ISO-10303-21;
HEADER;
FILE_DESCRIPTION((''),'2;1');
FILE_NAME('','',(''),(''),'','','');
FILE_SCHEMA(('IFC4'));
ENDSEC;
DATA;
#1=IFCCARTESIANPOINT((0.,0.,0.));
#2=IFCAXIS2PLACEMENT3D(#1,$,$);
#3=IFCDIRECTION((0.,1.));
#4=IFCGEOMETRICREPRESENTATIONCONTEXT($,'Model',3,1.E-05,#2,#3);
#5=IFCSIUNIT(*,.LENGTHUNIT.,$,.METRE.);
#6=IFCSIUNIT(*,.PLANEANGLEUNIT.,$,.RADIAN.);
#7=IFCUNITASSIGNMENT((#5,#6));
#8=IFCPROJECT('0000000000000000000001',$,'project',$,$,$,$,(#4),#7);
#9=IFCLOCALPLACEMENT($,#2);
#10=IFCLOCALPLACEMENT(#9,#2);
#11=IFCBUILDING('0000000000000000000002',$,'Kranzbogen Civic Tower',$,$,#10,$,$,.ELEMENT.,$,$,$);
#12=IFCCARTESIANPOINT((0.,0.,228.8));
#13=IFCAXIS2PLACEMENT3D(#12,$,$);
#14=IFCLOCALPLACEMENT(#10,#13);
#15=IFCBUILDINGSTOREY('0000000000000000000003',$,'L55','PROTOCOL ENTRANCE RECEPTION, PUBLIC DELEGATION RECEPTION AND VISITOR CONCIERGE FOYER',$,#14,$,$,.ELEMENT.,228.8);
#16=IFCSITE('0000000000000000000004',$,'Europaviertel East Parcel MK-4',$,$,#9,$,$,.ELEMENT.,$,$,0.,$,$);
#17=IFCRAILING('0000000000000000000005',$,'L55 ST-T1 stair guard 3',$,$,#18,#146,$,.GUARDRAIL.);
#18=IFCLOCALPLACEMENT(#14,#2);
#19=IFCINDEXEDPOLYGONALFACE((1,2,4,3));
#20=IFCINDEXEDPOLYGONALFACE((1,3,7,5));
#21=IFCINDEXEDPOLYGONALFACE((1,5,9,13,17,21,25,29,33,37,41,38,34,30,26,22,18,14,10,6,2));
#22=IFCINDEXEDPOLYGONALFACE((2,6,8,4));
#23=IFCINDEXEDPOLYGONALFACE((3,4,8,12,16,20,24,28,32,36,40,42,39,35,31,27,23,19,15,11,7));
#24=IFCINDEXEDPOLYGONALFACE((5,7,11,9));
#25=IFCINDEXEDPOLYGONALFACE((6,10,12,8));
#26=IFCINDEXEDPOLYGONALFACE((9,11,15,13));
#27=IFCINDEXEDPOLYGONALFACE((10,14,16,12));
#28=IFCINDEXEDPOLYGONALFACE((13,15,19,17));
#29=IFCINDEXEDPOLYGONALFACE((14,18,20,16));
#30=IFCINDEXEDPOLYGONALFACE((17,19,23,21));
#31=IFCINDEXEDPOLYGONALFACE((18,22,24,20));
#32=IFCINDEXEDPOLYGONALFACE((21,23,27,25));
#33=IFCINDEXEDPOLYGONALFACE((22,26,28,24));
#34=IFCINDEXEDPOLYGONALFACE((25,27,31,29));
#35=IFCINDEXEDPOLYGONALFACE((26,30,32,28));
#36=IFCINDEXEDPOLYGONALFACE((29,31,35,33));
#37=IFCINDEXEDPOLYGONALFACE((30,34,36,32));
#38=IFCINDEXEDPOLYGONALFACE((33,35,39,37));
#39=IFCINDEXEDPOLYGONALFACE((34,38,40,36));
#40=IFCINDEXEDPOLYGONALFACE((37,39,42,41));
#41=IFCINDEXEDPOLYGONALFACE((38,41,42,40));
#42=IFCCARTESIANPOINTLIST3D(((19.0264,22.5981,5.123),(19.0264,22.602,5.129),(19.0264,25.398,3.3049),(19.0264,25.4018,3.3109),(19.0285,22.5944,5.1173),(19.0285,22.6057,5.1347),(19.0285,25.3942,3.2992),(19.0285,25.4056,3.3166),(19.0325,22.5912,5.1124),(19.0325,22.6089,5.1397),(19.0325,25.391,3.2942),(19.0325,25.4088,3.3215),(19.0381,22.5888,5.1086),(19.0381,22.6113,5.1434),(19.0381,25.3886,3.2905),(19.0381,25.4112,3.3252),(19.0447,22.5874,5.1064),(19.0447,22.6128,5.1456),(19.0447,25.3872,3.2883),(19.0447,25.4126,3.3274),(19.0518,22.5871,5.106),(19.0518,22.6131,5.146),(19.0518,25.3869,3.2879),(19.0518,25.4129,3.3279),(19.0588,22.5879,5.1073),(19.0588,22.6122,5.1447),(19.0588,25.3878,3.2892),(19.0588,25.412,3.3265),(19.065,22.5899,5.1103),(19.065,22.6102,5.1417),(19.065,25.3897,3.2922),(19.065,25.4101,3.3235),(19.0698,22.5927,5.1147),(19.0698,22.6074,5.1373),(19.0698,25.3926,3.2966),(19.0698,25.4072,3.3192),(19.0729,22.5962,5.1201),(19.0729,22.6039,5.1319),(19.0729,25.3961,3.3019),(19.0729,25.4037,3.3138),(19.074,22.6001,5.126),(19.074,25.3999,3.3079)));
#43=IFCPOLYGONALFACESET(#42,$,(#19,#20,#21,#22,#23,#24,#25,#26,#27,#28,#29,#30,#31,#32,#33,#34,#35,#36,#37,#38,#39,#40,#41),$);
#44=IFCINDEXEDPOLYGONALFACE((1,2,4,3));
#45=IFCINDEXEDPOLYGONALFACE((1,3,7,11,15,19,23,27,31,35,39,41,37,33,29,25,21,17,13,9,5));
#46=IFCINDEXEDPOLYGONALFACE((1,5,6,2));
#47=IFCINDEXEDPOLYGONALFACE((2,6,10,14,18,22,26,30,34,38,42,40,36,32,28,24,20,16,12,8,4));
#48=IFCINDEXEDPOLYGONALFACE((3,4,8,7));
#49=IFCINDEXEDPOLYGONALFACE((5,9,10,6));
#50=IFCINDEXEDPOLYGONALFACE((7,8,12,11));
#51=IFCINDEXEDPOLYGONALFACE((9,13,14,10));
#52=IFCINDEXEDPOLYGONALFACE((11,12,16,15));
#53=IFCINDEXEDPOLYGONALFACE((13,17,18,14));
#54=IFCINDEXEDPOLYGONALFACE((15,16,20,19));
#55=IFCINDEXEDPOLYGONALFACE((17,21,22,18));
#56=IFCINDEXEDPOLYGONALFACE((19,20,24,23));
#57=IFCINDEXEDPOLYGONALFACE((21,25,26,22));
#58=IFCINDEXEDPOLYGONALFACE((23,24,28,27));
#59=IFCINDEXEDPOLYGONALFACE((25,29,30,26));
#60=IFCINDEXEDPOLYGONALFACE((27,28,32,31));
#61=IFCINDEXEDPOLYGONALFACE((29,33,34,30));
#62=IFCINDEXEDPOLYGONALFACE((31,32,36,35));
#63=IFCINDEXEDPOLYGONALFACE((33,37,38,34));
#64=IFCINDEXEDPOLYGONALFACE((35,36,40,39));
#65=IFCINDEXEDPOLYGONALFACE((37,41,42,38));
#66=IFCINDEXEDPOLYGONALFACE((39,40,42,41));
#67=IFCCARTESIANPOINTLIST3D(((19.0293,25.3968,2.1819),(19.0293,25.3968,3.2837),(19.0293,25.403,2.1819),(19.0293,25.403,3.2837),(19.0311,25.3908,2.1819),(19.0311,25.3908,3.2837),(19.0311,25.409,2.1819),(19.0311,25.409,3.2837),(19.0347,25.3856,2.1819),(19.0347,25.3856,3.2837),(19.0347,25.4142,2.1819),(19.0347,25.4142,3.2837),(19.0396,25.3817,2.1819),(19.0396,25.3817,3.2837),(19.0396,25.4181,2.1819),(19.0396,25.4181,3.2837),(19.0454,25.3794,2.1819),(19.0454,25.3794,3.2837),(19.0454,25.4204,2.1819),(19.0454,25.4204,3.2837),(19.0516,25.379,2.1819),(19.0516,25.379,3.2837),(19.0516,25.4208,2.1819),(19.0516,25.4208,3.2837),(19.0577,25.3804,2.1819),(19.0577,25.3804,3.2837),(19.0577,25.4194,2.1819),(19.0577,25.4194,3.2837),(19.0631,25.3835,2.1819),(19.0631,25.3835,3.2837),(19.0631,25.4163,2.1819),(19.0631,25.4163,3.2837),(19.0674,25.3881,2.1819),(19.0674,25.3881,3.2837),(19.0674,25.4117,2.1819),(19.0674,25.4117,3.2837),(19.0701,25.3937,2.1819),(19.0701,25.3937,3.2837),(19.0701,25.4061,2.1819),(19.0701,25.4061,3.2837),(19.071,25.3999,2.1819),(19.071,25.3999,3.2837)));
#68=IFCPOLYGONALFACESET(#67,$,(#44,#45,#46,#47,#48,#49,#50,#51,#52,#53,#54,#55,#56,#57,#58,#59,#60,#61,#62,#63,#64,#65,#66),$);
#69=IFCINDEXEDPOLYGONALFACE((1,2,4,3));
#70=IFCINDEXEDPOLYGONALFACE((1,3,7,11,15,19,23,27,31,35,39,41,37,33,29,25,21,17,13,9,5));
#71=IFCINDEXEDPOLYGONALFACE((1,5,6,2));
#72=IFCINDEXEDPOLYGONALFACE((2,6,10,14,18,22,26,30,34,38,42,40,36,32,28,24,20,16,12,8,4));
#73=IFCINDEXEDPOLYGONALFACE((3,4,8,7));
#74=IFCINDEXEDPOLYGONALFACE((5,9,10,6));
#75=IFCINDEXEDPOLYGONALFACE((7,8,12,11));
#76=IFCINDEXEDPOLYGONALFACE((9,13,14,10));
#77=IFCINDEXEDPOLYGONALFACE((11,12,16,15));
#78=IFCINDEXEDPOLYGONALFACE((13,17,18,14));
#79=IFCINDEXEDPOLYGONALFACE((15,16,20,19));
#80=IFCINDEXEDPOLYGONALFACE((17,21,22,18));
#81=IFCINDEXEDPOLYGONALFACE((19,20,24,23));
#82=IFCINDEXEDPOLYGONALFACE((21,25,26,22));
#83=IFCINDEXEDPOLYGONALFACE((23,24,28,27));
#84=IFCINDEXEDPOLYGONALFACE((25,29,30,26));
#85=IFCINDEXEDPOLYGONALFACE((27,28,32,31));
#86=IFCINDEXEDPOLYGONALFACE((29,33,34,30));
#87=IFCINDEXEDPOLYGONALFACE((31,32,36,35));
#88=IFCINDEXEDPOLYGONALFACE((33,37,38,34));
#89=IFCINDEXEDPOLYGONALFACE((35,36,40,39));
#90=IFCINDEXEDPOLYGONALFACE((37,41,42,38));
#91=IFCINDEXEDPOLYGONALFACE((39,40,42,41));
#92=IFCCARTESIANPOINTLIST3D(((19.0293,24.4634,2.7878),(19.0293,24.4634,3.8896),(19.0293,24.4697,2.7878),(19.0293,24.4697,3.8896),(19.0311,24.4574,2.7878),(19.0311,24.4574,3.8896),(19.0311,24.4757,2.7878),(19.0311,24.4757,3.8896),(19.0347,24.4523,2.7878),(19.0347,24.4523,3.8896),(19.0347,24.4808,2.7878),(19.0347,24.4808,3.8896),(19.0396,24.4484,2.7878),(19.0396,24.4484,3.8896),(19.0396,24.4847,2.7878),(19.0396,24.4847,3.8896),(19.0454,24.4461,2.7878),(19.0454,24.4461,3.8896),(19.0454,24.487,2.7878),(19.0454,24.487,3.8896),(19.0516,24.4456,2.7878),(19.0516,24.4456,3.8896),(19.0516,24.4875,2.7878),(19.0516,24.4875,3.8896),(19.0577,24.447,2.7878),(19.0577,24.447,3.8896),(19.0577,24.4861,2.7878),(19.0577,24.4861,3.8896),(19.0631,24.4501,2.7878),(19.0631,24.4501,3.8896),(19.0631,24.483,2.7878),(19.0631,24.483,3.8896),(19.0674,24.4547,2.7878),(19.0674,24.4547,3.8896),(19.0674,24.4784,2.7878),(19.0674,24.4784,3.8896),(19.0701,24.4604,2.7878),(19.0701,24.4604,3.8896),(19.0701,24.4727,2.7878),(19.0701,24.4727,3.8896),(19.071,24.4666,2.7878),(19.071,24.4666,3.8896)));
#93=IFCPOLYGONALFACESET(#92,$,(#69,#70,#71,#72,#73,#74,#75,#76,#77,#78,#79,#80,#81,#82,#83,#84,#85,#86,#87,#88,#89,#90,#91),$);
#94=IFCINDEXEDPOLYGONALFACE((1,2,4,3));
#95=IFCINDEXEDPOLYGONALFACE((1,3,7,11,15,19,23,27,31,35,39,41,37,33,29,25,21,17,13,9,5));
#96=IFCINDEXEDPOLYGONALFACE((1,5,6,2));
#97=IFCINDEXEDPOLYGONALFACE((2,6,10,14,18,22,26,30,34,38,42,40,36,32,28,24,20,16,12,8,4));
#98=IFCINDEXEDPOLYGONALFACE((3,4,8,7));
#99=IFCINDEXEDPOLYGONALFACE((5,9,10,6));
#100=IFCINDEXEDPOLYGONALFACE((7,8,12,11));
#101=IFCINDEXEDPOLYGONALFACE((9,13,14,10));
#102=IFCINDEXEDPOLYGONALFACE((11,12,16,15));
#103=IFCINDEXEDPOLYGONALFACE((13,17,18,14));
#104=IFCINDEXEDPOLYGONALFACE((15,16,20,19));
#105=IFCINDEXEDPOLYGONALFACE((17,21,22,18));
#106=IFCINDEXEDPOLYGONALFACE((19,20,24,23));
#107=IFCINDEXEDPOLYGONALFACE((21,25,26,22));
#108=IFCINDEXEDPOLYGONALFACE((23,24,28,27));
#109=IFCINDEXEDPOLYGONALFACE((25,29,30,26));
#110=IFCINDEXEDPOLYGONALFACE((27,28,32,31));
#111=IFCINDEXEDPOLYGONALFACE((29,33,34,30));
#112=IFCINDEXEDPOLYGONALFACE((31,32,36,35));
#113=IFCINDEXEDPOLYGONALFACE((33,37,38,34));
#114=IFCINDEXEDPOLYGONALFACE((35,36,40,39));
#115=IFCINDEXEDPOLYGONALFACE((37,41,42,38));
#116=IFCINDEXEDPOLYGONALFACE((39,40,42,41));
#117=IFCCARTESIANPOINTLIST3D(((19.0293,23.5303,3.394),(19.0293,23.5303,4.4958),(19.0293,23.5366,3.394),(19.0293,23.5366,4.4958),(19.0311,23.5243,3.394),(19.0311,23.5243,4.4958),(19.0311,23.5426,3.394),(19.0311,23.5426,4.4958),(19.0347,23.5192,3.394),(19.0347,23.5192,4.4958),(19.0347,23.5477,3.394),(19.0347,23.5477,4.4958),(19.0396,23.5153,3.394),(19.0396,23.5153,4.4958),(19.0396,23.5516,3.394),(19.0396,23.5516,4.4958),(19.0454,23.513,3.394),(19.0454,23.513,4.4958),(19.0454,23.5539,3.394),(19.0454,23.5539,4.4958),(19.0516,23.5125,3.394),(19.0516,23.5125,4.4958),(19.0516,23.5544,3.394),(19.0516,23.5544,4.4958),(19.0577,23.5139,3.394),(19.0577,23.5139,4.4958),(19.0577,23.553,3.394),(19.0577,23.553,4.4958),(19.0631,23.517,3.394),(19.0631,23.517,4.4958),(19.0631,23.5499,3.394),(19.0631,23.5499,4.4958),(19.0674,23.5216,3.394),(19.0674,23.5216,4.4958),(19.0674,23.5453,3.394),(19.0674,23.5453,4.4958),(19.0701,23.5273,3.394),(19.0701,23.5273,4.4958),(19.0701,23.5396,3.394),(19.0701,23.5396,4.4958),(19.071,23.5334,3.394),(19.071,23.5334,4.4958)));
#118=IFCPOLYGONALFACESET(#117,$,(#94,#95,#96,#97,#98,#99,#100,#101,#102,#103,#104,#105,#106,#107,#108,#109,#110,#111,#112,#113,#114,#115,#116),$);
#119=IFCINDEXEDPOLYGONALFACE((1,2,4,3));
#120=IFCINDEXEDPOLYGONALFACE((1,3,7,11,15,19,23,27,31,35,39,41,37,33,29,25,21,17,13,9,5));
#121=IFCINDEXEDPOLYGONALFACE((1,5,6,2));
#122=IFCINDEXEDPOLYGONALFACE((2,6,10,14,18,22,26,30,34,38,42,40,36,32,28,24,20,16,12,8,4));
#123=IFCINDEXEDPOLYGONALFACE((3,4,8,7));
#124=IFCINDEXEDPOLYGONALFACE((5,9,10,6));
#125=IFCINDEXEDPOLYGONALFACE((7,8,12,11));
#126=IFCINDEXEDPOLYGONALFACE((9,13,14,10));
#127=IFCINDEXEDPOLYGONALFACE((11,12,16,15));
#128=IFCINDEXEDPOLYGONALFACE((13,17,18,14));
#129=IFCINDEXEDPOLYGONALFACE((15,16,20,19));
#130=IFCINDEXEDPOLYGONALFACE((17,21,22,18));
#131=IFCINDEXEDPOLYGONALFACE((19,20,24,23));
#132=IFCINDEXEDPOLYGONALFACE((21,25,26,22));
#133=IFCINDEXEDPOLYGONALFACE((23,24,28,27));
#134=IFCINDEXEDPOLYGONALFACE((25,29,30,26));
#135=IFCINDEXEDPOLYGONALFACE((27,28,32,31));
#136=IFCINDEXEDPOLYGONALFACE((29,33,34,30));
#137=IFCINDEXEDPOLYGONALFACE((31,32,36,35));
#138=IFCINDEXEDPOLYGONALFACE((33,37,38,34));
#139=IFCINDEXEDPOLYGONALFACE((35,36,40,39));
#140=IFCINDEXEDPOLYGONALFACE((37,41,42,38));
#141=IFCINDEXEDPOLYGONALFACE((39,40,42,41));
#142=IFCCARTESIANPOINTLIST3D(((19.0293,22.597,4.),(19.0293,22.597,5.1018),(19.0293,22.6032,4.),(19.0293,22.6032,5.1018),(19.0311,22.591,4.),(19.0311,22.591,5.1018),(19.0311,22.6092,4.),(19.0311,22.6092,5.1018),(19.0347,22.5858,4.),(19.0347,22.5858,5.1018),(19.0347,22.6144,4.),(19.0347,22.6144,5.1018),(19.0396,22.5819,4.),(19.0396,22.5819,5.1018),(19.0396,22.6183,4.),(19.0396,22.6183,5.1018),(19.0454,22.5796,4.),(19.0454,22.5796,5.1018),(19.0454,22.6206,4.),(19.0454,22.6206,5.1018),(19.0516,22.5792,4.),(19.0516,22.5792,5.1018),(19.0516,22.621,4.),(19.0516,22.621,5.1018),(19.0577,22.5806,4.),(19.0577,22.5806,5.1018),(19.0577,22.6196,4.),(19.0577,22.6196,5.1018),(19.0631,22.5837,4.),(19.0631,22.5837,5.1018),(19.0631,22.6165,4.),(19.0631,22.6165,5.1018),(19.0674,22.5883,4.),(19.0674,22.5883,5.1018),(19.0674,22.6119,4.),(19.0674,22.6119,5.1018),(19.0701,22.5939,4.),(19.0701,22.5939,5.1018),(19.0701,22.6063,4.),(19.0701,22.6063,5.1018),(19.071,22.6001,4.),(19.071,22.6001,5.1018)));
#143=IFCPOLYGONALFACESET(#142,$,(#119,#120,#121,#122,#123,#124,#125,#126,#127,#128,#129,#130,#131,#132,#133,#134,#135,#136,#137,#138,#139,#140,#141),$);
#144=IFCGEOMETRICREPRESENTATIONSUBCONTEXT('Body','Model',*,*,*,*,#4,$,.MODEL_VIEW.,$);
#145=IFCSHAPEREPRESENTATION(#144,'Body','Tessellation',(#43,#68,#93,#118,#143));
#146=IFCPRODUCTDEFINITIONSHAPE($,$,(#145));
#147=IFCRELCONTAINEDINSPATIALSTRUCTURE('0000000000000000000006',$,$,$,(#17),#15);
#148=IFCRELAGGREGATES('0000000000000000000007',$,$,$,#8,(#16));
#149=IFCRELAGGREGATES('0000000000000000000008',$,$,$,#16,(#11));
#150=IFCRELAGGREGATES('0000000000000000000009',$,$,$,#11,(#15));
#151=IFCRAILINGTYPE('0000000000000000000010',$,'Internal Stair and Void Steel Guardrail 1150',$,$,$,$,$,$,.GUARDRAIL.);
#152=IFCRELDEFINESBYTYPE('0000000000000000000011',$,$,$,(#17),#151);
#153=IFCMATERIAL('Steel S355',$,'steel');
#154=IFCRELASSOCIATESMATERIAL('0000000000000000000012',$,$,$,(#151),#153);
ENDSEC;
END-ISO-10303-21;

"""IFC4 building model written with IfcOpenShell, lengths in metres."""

from ifc_helpers import new_model, si_unit, direction, frame, origin, origin_2d, place, context, subcontext, project, spatial, circle, extrude, material, type_object, element, save


model = new_model("IFC4")

# Units and contexts
model_context = context("Model", 3, precision=1e-05, world=origin(), true_north=direction((0.0, 1.0)))
body_context = subcontext(model_context, "Body", "Model", "MODEL_VIEW")
ifc_project = project(units=[si_unit("LENGTHUNIT", "METRE"), si_unit("PLANEANGLEUNIT", "RADIAN")], contexts=[model_context])

# Site, building, storey
site_placement = place(None, origin())
site = spatial("IfcSite", under=ifc_project, at=site_placement, Name="Europaviertel East Parcel MK-4", CompositionType="ELEMENT", RefElevation=0.0)
building_placement = place(site_placement, origin())
building = spatial("IfcBuilding", under=site, at=building_placement, Name="Kranzbogen Civic Tower", CompositionType="ELEMENT")
storey_placement = place(building_placement, frame((0.0, 0.0, 228.8)))
storey = spatial("IfcBuildingStorey", under=building, at=storey_placement, Name="L55", Description="PROTOCOL ENTRANCE RECEPTION, PUBLIC DELEGATION RECEPTION AND VISITOR CONCIERGE FOYER", CompositionType="ELEMENT", Elevation=228.8)

# Shared definitions
ifc_material_1 = material(Name="Steel S355", Category="steel")

# Railing
railing_type_1 = type_object("IfcRailingType", Name="Internal Stair and Void Steel Guardrail 1150", PredefinedType="GUARDRAIL", material=ifc_material_1)
railing_1_placement = place(storey_placement, frame((19.05, 25.3999, 2.1819)))
element("IfcRailing", 1, at=railing_1_placement, inside=storey, type_object=railing_type_1, Name="L55 ST-T1 stair guard 3", PredefinedType="GUARDRAIL", context=body_context, shape_type="SweptSolid", body=[
    extrude(circle(Radius=0.0239, at=origin_2d()), frame((0.0, 0.0, 1.126), z_axis=(0.0, -0.838684, 0.544618), x_axis=(1.0, 0.0, 0.0)), (0.0, 0.0, 1.0), 3.3384),
    extrude(circle(Radius=0.021, at=origin_2d()), origin(), (0.0, 0.0, 1.0), 1.1018),
    extrude(circle(Radius=0.021, at=origin_2d()), frame((0.0, -0.9333, 0.606)), (0.0, 0.0, 1.0), 1.1018),
    extrude(circle(Radius=0.021, at=origin_2d()), frame((0.0, -1.8665, 1.2122)), (0.0, 0.0, 1.0), 1.1018),
    extrude(circle(Radius=0.021, at=origin_2d()), frame((0.0, -2.7998, 1.8181)), (0.0, 0.0, 1.0), 1.1018),
])

save(model, "model.ifc")
